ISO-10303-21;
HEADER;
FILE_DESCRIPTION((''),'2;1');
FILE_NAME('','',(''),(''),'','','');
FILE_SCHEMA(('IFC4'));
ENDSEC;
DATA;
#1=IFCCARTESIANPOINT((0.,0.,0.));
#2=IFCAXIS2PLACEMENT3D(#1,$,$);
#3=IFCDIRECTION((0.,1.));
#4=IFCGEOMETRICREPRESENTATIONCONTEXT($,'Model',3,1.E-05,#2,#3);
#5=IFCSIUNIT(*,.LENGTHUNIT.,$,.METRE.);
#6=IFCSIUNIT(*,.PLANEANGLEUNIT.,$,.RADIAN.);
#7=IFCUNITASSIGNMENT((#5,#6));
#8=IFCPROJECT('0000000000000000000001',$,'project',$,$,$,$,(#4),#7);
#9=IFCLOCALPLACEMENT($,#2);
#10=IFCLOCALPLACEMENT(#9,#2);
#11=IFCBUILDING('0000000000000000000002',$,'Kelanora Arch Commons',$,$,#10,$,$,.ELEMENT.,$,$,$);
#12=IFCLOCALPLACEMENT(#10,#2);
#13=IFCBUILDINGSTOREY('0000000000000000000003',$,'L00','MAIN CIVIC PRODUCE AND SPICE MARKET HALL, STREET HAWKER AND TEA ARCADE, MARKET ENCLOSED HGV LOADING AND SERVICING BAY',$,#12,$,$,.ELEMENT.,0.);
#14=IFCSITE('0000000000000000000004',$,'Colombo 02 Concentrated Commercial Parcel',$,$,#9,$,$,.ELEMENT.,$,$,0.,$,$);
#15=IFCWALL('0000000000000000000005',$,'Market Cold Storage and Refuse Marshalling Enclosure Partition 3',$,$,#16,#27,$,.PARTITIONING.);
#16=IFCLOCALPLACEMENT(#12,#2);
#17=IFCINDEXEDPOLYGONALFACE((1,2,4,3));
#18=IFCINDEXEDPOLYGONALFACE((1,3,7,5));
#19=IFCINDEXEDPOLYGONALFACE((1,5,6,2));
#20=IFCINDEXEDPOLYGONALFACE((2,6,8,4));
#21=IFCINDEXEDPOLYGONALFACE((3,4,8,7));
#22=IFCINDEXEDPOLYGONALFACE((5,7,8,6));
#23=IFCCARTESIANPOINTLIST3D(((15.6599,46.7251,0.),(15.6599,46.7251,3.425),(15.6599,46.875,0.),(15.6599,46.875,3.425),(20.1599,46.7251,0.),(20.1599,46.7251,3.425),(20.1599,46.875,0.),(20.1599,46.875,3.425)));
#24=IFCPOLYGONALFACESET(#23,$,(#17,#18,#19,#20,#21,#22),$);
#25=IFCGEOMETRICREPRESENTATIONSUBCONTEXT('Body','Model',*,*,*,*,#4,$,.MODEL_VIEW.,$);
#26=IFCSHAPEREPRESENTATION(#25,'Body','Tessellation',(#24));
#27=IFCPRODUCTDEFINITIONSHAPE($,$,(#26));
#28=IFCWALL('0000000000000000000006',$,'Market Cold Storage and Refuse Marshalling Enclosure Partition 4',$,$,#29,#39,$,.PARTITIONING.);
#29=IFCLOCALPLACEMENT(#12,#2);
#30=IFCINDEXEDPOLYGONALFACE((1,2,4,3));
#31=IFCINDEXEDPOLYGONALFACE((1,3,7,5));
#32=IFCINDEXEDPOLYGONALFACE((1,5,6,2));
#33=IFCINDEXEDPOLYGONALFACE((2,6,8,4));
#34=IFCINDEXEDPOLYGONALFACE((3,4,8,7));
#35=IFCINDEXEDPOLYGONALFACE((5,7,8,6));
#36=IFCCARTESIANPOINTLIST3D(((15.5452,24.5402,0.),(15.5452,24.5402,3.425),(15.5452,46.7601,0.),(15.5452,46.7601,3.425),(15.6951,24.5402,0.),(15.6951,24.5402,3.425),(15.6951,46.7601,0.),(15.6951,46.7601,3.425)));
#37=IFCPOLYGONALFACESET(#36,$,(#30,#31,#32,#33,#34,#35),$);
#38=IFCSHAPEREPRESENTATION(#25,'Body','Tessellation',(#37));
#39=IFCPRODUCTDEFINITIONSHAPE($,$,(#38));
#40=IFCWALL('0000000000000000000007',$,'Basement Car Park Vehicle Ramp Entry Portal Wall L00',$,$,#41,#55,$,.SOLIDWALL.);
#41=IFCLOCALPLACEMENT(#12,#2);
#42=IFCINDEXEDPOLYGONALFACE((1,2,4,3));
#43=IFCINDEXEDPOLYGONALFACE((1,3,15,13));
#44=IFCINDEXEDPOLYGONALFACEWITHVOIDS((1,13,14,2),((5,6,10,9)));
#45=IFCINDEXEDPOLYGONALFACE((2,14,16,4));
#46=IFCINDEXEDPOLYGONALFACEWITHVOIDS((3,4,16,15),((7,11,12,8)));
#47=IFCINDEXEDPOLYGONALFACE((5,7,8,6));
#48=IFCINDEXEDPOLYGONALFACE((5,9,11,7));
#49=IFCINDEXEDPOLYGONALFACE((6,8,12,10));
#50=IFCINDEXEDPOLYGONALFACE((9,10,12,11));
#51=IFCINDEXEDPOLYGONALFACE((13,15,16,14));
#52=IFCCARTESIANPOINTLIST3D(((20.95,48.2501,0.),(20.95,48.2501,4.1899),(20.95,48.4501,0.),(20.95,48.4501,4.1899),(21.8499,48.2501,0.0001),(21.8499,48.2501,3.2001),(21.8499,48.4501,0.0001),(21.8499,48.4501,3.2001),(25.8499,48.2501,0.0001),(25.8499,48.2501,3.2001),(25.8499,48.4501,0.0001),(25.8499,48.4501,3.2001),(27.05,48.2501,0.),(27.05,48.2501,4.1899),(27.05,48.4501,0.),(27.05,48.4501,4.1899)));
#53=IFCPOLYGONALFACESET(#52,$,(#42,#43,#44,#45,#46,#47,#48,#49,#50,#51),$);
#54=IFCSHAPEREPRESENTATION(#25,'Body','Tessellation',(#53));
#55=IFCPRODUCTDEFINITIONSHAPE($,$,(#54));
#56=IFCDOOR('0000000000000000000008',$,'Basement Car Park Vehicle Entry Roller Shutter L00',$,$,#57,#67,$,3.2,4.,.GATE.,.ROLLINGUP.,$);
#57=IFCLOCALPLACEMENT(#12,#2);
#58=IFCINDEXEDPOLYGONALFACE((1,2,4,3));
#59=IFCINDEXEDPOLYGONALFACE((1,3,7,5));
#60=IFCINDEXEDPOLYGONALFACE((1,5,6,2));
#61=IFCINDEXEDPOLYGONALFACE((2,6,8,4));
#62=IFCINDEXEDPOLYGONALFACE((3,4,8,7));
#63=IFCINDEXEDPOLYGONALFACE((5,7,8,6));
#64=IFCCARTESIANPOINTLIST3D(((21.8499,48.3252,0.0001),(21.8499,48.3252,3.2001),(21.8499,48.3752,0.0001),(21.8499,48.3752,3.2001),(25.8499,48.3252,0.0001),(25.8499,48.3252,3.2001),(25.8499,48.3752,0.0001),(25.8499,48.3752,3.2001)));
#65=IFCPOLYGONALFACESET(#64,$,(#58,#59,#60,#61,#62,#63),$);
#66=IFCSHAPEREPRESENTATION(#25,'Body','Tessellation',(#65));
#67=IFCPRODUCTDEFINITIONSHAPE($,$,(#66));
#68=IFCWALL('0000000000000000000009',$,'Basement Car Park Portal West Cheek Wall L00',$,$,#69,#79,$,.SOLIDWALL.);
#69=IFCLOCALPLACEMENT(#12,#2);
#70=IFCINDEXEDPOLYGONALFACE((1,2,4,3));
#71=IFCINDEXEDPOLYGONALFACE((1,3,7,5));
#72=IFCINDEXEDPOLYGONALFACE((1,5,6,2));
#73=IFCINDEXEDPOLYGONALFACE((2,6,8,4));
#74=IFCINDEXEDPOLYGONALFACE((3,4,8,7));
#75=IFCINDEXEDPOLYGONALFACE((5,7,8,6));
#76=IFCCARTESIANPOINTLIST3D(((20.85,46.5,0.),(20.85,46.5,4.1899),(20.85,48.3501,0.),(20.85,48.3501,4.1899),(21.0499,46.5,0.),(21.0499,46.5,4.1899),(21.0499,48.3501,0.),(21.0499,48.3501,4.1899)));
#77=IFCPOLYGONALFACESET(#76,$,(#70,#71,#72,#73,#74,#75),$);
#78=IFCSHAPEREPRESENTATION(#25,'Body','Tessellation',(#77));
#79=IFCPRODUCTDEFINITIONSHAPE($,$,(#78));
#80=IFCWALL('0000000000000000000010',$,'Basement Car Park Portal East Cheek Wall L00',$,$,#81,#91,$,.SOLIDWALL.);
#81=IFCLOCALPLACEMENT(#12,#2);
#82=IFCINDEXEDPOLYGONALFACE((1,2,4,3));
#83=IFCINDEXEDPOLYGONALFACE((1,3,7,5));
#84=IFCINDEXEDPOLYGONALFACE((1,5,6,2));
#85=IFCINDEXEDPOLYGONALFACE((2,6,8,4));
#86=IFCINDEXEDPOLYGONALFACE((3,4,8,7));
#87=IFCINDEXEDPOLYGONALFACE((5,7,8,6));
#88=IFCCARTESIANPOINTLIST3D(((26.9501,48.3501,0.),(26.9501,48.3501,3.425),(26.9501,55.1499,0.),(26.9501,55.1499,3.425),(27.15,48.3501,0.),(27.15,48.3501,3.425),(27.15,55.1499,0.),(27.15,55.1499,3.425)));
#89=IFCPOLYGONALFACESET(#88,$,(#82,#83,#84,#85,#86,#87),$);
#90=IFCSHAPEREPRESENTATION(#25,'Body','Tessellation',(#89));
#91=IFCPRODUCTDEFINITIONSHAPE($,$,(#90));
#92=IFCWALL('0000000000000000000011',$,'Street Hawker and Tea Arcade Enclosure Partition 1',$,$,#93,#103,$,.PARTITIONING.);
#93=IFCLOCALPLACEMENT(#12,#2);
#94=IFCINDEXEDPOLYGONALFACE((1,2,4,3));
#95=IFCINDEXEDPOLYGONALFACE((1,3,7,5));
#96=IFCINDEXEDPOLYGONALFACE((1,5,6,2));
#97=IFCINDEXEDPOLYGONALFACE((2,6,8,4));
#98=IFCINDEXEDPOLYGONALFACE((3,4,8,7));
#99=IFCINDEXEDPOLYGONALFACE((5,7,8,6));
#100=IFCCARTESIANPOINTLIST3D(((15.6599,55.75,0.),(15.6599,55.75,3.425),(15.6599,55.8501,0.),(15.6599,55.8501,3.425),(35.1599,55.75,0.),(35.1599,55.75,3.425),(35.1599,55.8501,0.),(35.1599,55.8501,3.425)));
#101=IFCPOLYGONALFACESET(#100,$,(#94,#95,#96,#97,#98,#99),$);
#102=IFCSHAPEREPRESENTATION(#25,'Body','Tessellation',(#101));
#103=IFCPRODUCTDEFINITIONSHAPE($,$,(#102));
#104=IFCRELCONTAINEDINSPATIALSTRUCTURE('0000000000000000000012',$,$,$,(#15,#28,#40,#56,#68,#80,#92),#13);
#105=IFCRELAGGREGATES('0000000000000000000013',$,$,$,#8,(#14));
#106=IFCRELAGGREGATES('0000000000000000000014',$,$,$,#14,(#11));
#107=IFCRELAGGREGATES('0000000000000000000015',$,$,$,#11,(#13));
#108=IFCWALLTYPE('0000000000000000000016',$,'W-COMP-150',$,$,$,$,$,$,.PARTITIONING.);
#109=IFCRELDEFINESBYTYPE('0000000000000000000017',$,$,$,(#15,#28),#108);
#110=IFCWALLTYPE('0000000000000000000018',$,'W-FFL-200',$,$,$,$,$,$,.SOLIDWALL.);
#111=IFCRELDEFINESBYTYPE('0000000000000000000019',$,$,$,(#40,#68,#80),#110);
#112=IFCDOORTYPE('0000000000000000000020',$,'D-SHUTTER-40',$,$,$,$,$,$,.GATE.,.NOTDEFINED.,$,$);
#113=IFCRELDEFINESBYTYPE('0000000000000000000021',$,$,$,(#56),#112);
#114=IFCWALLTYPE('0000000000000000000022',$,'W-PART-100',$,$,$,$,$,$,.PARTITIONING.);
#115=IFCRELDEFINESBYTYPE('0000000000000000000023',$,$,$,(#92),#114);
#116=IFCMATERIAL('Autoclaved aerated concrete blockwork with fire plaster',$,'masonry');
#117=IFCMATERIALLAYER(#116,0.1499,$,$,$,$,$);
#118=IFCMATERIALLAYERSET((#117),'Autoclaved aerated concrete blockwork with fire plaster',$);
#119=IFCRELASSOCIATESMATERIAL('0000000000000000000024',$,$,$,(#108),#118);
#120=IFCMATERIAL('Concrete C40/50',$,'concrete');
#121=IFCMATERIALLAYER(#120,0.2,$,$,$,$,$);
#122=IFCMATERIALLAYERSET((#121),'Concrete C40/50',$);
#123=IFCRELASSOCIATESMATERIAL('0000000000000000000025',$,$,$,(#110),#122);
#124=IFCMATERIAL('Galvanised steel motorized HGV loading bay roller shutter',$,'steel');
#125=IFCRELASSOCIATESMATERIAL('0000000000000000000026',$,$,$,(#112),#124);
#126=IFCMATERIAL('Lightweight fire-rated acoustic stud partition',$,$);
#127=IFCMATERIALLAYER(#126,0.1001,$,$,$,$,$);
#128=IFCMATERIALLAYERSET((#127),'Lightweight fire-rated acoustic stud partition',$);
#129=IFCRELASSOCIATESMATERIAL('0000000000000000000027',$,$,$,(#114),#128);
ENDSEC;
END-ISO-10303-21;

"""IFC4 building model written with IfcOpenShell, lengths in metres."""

from ifc_helpers import new_model, si_unit, direction, frame, frame_2d, origin, place, context, subcontext, project, spatial, rectangle, extrude, material, layer, layer_set, type_object, element, fill, save


model = new_model("IFC4")

# Units and contexts
model_context = context("Model", 3, precision=1e-05, world=origin(), true_north=direction((0.0, 1.0)))
body_context = subcontext(model_context, "Body", "Model", "MODEL_VIEW")
ifc_project = project(units=[si_unit("LENGTHUNIT", "METRE"), si_unit("PLANEANGLEUNIT", "RADIAN")], contexts=[model_context])

# Site, building, storey
site_placement = place(None, origin())
site = spatial("IfcSite", under=ifc_project, at=site_placement, Name="Colombo 02 Concentrated Commercial Parcel", CompositionType="ELEMENT", RefElevation=0.0)
building_placement = place(site_placement, origin())
building = spatial("IfcBuilding", under=site, at=building_placement, Name="Kelanora Arch Commons", CompositionType="ELEMENT")
storey_placement = place(building_placement, origin())
storey = spatial("IfcBuildingStorey", under=building, at=storey_placement, Name="L00", Description="MAIN CIVIC PRODUCE AND SPICE MARKET HALL, STREET HAWKER AND TEA ARCADE, MARKET ENCLOSED HGV LOADING AND SERVICING BAY", CompositionType="ELEMENT", Elevation=0.0)

# Shared definitions
ifc_material_1 = material(Name="Concrete C40/50", Category="concrete")

# Walls
ifc_material_2 = material(Name="Autoclaved aerated concrete blockwork with fire plaster", Category="masonry")
ifc_layer_1 = layer(ifc_material_2, 0.1499)
ifc_layer_set_1 = layer_set([ifc_layer_1], Name="Autoclaved aerated concrete blockwork with fire plaster")
wall_type_1 = type_object("IfcWallType", Name="W-COMP-150", PredefinedType="PARTITIONING", material=ifc_layer_set_1)
wall_1_placement = place(storey_placement, frame((20.1599, 46.8, 0.0), z_axis=(0.0, 0.0, 1.0), x_axis=(-1.0, 0.0, 0.0)))
element("IfcWall", 1, at=wall_1_placement, inside=storey, type_object=wall_type_1, Name="Market Cold Storage and Refuse Marshalling Enclosure Partition 3", PredefinedType="PARTITIONING", context=body_context, shape_type="SweptSolid", body=[
    extrude(rectangle(XDim=4.5, YDim=0.1499, at=frame_2d((2.25, 0.0))), origin(), (0.0, 0.0, 1.0), 3.425),
])
wall_2_placement = place(storey_placement, frame((15.6201, 46.76, 0.0), z_axis=(0.0, 0.0, 1.0), x_axis=(0.0, -1.0, 0.0)))
element("IfcWall", 2, at=wall_2_placement, inside=storey, type_object=wall_type_1, Name="Market Cold Storage and Refuse Marshalling Enclosure Partition 4", PredefinedType="PARTITIONING", context=body_context, shape_type="SweptSolid", body=[
    extrude(rectangle(XDim=22.22, YDim=0.1499, at=frame_2d((11.1099, 0.0))), origin(), (0.0, 0.0, 1.0), 3.425),
])

# Wall, opening, door
ifc_layer_2 = layer(ifc_material_1, 0.2)
ifc_layer_set_2 = layer_set([ifc_layer_2], Name="Concrete C40/50")
wall_type_2 = type_object("IfcWallType", Name="W-FFL-200", PredefinedType="SOLIDWALL", material=ifc_layer_set_2)
wall_3_placement = place(storey_placement, frame((20.95, 48.3501, 0.0), z_axis=(0.0, 0.0, 1.0), x_axis=(1.0, 0.0, 0.0)))
wall_3 = element("IfcWall", 3, at=wall_3_placement, inside=storey, type_object=wall_type_2, Name="Basement Car Park Vehicle Ramp Entry Portal Wall L00", PredefinedType="SOLIDWALL", context=body_context, shape_type="SweptSolid", body=[
    extrude(rectangle(XDim=6.1001, YDim=0.2, at=frame_2d((3.05, 0.0))), origin(), (0.0, 0.0, 1.0), 4.1899),
])
opening_placement = place(wall_3_placement, frame((0.8999, 0.0, 0.0)))
opening = element("IfcOpeningElement", 4, at=opening_placement, cuts=wall_3, PredefinedType="OPENING", context=body_context, shape_type="SweptSolid", body=[
    extrude(rectangle(XDim=4.0, YDim=3.2, at=frame_2d((2.0, 1.6001))), frame((0.0, 0.1099, 0.0), z_axis=(0.0, -1.0, 0.0), x_axis=(1.0, 0.0, 0.0)), (0.0, 0.0, 1.0), 0.22),
])
ifc_material_3 = material(Name="Galvanised steel motorized HGV loading bay roller shutter", Category="steel")
door_type = type_object("IfcDoorType", Name="D-SHUTTER-40", OperationType="NOTDEFINED", PredefinedType="GATE", material=ifc_material_3)
door_placement = place(opening_placement, frame((4.0, 0.0, 0.0), z_axis=(0.0, 0.0, 1.0), x_axis=(-1.0, 0.0, 0.0)))
door = element("IfcDoor", 5, at=door_placement, inside=storey, type_object=door_type, Name="Basement Car Park Vehicle Entry Roller Shutter L00", OperationType="ROLLINGUP", OverallHeight=3.2, OverallWidth=4.0, PredefinedType="GATE", context=body_context, shape_type="SweptSolid", body=[
    extrude(rectangle(XDim=4.0, YDim=3.2, at=frame_2d((2.0, 1.6001))), frame((0.0, 0.0249, 0.0), z_axis=(0.0, -1.0, 0.0), x_axis=(1.0, 0.0, 0.0)), (0.0, 0.0, 1.0), 0.05),
])
fill(opening, door)

# Walls
wall_4_placement = place(storey_placement, frame((20.95, 48.3501, 0.0), z_axis=(0.0, 0.0, 1.0), x_axis=(0.0, -1.0, 0.0)))
element("IfcWall", 6, at=wall_4_placement, inside=storey, type_object=wall_type_2, Name="Basement Car Park Portal West Cheek Wall L00", PredefinedType="SOLIDWALL", context=body_context, shape_type="SweptSolid", body=[
    extrude(rectangle(XDim=1.8501, YDim=0.2, at=frame_2d((0.925, 0.0))), origin(), (0.0, 0.0, 1.0), 4.1899),
])
wall_5_placement = place(storey_placement, frame((27.05, 48.3501, 0.0), z_axis=(0.0, 0.0, 1.0), x_axis=(0.0, 1.0, 0.0)))
element("IfcWall", 7, at=wall_5_placement, inside=storey, type_object=wall_type_2, Name="Basement Car Park Portal East Cheek Wall L00", PredefinedType="SOLIDWALL", context=body_context, shape_type="SweptSolid", body=[
    extrude(rectangle(XDim=6.7998, YDim=0.2, at=frame_2d((3.3999, 0.0))), origin(), (0.0, 0.0, 1.0), 3.425),
])
ifc_material_4 = material(Name="Lightweight fire-rated acoustic stud partition")
ifc_layer_3 = layer(ifc_material_4, 0.1001)
ifc_layer_set_3 = layer_set([ifc_layer_3], Name="Lightweight fire-rated acoustic stud partition")
wall_type_3 = type_object("IfcWallType", Name="W-PART-100", PredefinedType="PARTITIONING", material=ifc_layer_set_3)
wall_6_placement = place(storey_placement, frame((15.6599, 55.8, 0.0), z_axis=(0.0, 0.0, 1.0), x_axis=(1.0, 0.0, 0.0)))
element("IfcWall", 8, at=wall_6_placement, inside=storey, type_object=wall_type_3, Name="Street Hawker and Tea Arcade Enclosure Partition 1", PredefinedType="PARTITIONING", context=body_context, shape_type="SweptSolid", body=[
    extrude(rectangle(XDim=19.5, YDim=0.1001, at=frame_2d((9.75, 0.0))), origin(), (0.0, 0.0, 1.0), 3.425),
])

save(model, "model.ifc")
